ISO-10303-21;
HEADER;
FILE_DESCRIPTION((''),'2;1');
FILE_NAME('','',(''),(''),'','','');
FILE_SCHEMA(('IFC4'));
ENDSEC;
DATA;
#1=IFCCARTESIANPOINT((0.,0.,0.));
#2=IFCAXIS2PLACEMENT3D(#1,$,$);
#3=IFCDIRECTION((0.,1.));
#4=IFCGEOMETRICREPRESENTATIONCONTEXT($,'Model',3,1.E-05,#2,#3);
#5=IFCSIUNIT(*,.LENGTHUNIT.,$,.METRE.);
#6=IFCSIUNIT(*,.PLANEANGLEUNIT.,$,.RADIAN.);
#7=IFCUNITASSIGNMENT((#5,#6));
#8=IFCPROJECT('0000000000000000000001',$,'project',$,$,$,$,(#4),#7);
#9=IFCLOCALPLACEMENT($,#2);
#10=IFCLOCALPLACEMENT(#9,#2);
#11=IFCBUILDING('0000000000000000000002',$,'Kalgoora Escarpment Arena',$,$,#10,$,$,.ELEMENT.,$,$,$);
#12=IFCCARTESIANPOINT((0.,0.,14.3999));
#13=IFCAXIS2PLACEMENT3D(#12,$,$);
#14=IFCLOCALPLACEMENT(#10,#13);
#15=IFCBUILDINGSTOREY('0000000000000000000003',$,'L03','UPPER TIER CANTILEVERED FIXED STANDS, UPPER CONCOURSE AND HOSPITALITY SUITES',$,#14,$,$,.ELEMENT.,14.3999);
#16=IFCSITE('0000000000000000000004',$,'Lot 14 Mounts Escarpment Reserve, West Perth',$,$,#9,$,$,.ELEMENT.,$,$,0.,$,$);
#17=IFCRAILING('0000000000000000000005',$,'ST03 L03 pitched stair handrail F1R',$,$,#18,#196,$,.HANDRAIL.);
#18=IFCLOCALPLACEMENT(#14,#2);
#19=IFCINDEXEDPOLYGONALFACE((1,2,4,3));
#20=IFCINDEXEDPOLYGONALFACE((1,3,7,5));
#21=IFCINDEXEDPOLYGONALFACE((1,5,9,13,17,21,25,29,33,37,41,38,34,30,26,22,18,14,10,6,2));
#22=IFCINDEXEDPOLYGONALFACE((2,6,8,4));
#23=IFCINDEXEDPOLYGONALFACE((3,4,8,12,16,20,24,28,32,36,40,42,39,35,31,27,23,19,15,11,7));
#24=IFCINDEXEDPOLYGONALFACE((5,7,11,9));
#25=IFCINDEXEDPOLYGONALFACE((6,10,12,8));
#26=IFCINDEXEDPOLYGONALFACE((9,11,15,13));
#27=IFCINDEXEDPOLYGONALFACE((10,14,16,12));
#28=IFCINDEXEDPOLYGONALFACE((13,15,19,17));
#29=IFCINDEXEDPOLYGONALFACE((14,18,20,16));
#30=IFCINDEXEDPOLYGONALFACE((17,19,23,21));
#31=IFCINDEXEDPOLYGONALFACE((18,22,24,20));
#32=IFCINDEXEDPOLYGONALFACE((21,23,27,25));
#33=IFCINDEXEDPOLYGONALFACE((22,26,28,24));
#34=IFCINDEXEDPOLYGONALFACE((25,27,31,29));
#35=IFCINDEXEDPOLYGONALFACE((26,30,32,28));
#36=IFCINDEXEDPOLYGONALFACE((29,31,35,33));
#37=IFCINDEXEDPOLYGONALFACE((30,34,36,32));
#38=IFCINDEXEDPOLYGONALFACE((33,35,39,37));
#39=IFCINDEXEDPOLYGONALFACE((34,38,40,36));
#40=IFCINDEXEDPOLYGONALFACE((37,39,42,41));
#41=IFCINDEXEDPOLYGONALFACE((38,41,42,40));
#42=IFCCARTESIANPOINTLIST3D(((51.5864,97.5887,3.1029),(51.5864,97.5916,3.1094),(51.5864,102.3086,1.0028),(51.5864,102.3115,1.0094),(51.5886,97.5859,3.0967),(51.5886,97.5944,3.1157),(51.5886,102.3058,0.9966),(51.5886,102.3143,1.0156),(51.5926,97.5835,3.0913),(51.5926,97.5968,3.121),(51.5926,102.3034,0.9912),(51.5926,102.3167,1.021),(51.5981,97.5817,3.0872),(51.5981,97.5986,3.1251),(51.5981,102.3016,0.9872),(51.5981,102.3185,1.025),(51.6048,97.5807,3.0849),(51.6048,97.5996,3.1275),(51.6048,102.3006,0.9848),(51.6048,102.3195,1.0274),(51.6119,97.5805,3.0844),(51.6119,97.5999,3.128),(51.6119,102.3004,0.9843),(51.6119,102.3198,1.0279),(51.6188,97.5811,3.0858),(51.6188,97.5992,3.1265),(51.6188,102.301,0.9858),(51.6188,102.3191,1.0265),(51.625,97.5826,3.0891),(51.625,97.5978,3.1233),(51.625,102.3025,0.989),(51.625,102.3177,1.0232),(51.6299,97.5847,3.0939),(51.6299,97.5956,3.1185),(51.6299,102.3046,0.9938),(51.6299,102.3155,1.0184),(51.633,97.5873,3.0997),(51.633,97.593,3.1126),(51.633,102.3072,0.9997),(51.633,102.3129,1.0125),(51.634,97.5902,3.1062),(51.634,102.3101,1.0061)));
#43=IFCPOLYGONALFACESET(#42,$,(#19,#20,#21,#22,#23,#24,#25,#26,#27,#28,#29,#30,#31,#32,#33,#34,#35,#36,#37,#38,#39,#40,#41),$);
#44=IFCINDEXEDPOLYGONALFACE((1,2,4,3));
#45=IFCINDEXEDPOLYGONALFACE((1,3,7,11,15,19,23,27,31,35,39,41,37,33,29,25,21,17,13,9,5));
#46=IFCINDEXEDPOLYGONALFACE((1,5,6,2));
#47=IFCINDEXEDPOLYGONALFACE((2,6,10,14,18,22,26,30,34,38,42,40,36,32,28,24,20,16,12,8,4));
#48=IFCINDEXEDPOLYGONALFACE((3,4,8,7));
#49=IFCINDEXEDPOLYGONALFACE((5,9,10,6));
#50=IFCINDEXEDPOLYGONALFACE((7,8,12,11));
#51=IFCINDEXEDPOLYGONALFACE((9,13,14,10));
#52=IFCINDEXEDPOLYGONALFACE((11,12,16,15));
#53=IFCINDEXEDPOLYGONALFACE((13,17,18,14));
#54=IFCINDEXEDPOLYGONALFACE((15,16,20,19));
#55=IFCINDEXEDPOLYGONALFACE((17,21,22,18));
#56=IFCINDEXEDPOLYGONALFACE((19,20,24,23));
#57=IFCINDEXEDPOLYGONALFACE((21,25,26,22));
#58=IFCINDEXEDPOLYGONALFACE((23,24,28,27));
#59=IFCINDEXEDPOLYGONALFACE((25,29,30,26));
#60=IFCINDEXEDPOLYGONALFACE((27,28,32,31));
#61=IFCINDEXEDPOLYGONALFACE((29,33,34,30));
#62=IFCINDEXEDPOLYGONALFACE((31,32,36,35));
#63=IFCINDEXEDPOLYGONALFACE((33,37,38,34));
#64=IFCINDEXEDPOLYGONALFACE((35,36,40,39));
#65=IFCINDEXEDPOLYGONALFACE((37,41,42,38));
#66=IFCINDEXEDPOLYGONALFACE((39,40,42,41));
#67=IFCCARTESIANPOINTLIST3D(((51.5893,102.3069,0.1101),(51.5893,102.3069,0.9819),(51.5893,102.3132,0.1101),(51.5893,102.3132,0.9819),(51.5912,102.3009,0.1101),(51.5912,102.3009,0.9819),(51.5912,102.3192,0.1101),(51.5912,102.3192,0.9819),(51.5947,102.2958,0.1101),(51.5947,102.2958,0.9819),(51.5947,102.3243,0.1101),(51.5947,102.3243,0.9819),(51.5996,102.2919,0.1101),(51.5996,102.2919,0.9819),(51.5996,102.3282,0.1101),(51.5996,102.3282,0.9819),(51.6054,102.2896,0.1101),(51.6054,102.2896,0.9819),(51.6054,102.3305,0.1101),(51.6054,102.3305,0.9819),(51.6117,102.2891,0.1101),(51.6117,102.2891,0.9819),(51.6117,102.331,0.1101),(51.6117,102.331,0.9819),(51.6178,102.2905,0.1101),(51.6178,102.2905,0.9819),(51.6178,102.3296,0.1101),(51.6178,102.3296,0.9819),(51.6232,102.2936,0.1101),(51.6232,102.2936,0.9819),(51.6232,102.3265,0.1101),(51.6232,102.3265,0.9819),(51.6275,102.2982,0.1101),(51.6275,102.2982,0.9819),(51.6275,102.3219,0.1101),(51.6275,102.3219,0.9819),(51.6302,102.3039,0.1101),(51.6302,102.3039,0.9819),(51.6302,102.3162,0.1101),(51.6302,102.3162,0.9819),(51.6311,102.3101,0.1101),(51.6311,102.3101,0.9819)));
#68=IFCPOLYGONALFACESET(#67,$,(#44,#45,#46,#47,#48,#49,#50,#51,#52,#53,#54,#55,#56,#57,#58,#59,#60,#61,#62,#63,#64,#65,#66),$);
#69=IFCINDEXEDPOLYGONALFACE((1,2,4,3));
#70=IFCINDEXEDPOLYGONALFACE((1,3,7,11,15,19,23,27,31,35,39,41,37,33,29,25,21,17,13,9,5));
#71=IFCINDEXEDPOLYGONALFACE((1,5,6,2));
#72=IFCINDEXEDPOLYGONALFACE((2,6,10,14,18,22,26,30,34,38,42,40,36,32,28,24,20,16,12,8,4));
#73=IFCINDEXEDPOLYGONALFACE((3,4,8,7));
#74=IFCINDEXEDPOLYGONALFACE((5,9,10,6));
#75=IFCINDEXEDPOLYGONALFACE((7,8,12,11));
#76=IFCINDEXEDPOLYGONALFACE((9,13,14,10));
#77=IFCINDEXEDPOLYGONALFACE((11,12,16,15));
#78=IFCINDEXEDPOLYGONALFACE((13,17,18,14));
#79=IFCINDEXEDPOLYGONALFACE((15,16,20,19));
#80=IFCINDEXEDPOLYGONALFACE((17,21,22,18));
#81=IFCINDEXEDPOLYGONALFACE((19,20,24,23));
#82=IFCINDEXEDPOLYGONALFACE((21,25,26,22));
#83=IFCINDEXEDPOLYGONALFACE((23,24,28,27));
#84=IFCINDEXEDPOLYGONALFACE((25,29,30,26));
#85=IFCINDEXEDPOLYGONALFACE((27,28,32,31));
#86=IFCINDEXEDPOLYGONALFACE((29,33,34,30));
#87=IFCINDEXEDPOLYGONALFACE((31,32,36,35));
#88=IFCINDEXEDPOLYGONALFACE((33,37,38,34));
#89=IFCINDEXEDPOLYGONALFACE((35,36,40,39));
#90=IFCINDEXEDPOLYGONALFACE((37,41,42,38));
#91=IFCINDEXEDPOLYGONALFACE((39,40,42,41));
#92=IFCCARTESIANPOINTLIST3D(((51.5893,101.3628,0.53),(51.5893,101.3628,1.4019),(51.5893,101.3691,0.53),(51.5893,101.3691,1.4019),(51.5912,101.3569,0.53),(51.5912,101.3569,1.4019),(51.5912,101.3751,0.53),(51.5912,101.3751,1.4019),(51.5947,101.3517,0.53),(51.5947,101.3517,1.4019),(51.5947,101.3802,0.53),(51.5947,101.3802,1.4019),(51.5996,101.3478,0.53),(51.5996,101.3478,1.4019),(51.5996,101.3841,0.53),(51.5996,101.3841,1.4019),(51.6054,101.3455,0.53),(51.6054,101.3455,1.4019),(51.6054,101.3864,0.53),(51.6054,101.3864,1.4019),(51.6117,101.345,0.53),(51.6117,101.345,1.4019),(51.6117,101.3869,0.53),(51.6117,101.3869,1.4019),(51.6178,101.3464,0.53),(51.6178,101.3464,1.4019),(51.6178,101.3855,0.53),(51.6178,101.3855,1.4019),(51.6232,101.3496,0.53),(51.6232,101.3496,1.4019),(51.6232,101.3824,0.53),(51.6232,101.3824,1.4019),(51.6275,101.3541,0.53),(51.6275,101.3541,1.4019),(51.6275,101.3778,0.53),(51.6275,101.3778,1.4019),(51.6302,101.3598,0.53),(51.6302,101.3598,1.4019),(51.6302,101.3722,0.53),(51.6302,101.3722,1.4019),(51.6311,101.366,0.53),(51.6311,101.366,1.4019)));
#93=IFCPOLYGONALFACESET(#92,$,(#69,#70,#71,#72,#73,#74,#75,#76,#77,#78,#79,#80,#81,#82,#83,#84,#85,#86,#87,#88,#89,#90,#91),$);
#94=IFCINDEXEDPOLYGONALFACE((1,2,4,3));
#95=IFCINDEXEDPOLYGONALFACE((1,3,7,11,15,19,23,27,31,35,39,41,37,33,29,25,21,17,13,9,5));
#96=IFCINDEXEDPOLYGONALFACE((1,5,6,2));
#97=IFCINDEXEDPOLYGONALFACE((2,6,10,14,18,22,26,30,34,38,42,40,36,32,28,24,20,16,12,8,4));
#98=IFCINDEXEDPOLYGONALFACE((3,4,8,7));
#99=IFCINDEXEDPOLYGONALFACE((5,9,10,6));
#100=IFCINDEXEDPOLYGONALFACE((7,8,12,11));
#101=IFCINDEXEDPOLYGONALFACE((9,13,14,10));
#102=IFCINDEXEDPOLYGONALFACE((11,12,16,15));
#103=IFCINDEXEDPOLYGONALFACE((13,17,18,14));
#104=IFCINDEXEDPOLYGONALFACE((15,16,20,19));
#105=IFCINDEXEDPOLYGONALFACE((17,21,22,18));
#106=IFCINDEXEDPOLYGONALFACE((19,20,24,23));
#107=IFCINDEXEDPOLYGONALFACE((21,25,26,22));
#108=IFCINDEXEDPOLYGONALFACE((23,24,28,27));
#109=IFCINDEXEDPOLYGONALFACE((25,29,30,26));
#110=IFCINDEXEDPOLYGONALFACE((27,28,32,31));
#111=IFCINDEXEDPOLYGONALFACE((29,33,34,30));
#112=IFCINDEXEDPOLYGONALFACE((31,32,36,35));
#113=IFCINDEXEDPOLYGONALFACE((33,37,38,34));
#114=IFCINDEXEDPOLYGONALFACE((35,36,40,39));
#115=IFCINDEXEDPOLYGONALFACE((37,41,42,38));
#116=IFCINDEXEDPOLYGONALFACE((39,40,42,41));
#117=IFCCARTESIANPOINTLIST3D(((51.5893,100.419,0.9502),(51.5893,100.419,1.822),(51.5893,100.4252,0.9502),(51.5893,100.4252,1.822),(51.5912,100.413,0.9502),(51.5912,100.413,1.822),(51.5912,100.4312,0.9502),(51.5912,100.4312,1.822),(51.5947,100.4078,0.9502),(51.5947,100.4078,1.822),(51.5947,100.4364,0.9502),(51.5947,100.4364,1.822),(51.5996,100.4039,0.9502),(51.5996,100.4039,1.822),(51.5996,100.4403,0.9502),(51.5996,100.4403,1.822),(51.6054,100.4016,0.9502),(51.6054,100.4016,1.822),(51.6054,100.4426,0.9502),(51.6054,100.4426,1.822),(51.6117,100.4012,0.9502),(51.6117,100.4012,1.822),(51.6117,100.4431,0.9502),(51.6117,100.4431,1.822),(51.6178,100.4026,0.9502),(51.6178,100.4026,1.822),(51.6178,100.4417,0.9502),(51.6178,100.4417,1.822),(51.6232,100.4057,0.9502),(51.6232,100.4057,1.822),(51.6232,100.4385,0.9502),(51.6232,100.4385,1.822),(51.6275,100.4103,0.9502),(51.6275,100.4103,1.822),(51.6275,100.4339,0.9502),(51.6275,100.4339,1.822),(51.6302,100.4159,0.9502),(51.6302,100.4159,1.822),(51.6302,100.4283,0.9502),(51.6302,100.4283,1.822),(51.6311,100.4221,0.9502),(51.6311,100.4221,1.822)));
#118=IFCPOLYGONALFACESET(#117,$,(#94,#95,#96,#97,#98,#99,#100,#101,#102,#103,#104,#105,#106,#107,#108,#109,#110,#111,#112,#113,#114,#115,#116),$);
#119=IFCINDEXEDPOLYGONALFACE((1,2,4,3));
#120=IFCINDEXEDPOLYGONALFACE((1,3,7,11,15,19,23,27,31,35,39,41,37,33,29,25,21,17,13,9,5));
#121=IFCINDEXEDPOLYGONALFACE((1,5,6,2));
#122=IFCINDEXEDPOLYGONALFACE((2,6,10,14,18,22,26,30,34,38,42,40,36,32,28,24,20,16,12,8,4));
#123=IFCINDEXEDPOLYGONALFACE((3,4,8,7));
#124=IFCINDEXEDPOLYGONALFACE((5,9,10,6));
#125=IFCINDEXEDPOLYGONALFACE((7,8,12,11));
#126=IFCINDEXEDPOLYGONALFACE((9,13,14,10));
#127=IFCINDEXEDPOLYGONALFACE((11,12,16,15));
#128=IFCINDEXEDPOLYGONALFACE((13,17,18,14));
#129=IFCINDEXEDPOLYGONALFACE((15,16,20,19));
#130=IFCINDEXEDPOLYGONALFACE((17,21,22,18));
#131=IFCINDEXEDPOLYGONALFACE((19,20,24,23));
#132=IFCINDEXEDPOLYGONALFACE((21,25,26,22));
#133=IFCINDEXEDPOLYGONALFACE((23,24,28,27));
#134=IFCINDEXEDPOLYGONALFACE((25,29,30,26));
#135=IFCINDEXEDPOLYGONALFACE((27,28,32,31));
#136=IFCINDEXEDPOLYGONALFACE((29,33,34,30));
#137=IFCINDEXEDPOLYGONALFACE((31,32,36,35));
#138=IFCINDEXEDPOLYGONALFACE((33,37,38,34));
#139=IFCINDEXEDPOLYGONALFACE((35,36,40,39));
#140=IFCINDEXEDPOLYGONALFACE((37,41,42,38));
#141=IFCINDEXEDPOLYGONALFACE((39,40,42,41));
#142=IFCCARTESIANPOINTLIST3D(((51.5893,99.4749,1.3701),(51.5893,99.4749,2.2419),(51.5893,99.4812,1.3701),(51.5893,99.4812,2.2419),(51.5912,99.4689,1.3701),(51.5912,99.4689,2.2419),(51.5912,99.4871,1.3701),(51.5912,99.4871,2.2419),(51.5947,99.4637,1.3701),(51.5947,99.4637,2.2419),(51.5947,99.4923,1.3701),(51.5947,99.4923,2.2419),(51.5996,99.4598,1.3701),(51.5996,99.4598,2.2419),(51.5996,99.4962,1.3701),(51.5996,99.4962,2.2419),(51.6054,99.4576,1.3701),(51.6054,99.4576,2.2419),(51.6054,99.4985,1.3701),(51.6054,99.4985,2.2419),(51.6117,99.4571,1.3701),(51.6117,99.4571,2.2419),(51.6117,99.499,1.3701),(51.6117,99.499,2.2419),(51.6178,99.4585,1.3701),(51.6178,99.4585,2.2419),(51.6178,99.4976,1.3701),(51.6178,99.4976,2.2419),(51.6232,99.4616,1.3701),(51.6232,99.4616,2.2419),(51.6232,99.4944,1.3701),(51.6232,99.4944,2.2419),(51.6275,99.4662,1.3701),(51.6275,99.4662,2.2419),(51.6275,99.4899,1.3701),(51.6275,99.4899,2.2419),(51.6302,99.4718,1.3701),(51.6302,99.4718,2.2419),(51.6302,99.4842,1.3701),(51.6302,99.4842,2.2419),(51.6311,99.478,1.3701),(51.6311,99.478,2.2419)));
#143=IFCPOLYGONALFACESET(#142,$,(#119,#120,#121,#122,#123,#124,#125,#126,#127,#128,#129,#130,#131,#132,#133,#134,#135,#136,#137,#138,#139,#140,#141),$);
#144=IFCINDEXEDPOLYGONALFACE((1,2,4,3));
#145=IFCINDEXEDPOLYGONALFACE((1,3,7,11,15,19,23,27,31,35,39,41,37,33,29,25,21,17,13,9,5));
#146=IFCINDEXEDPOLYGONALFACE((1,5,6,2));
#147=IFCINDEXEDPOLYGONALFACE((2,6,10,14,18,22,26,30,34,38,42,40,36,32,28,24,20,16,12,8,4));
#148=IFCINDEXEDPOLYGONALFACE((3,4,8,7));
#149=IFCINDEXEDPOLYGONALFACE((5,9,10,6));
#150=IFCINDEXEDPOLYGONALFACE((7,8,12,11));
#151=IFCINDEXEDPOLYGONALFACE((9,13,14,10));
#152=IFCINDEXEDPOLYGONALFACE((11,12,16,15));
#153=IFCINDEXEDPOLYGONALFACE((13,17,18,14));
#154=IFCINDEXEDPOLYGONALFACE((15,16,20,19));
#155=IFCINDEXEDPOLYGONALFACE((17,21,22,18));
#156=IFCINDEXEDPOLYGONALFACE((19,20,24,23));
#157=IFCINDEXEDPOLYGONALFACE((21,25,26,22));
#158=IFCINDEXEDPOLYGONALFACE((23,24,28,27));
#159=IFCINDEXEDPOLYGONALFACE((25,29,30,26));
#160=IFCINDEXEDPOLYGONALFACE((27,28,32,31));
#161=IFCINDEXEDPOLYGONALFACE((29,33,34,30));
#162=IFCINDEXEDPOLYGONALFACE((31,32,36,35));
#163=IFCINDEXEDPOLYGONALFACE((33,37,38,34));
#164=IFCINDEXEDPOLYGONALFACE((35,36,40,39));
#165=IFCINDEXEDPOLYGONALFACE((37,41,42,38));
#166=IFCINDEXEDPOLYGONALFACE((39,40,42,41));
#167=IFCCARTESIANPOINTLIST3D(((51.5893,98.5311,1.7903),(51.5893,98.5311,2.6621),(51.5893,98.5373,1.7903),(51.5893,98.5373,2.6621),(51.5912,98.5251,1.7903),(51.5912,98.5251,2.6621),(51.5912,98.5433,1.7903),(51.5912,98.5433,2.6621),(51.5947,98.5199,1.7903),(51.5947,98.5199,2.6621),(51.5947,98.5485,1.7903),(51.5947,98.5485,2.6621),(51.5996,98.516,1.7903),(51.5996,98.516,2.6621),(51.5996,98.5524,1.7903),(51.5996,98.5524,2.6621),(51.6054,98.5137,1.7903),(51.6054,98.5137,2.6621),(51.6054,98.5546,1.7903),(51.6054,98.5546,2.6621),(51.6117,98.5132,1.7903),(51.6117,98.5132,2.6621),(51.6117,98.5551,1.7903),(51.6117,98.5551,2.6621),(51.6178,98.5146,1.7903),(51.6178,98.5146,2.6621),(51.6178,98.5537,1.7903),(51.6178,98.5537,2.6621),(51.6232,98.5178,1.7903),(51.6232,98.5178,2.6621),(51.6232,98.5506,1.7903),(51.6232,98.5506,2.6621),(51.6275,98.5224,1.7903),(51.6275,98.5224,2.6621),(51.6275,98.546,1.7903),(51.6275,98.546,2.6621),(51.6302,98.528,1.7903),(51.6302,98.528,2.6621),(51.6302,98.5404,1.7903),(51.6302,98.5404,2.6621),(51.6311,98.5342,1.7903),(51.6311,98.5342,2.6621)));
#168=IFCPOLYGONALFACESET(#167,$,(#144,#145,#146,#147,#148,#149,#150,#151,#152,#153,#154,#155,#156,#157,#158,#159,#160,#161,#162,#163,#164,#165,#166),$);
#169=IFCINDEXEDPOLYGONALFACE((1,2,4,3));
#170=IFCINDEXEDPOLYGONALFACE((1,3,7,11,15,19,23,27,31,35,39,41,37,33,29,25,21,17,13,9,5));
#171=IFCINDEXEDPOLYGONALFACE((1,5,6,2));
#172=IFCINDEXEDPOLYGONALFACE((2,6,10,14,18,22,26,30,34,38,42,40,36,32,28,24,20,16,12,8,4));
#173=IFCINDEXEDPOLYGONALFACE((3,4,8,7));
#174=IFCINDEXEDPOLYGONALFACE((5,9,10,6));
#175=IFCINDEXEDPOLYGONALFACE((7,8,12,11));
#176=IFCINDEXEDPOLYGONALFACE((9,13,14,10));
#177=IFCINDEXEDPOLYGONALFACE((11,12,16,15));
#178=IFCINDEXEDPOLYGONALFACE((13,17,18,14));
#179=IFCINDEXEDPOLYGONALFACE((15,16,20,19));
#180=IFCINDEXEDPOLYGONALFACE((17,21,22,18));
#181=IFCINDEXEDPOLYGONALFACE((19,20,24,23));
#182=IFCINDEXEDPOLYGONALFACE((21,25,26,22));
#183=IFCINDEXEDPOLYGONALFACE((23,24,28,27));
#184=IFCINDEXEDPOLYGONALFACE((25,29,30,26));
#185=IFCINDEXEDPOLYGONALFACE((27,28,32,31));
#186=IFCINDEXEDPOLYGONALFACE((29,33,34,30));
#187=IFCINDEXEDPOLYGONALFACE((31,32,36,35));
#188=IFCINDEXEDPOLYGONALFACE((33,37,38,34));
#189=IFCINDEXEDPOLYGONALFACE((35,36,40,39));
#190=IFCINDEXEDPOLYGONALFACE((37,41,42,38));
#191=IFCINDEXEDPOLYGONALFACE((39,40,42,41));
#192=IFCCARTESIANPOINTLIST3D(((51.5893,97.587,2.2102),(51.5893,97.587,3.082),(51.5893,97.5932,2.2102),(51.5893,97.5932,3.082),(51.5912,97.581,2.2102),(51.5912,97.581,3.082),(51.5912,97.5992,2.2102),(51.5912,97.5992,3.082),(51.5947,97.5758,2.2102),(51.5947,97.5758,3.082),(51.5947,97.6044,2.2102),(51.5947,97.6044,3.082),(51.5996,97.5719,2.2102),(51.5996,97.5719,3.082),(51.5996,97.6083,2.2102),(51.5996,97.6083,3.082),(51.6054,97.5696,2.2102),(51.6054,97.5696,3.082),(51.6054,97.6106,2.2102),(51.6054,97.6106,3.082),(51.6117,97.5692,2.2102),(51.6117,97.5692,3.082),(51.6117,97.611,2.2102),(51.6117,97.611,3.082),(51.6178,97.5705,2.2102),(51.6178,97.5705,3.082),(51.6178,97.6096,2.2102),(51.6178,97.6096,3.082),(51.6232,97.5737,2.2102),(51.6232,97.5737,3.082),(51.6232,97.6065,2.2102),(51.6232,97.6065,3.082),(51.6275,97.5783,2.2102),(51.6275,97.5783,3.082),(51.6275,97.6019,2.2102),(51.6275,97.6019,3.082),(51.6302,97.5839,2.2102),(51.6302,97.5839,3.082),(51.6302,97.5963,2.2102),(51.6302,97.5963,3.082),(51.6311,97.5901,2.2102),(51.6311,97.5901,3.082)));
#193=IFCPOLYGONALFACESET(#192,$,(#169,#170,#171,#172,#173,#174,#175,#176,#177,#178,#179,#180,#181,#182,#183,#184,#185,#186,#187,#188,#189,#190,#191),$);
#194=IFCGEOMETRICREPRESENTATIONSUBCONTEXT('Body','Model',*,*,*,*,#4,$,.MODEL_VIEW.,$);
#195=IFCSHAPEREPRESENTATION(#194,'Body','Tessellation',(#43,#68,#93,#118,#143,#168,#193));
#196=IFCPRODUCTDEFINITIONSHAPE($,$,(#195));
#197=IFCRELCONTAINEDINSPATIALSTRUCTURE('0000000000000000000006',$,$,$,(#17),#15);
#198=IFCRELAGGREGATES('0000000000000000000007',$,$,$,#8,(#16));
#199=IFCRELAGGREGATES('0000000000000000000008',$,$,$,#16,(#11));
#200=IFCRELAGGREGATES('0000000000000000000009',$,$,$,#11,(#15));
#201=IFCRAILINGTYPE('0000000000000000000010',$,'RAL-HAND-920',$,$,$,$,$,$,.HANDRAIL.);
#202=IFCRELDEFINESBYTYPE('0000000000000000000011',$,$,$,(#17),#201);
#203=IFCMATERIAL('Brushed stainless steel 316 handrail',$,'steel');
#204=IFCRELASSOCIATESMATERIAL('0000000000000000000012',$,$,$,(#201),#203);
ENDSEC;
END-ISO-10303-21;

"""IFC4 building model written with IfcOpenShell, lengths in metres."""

from ifc_helpers import new_model, si_unit, direction, frame, origin, origin_2d, place, context, subcontext, project, spatial, circle, extrude, material, type_object, element, save


model = new_model("IFC4")

# Units and contexts
model_context = context("Model", 3, precision=1e-05, world=origin(), true_north=direction((0.0, 1.0)))
body_context = subcontext(model_context, "Body", "Model", "MODEL_VIEW")
ifc_project = project(units=[si_unit("LENGTHUNIT", "METRE"), si_unit("PLANEANGLEUNIT", "RADIAN")], contexts=[model_context])

# Site, building, storey
site_placement = place(None, origin())
site = spatial("IfcSite", under=ifc_project, at=site_placement, Name="Lot 14 Mounts Escarpment Reserve, West Perth", CompositionType="ELEMENT", RefElevation=0.0)
building_placement = place(site_placement, origin())
building = spatial("IfcBuilding", under=site, at=building_placement, Name="Kalgoora Escarpment Arena", CompositionType="ELEMENT")
storey_placement = place(building_placement, frame((0.0, 0.0, 14.3999)))
storey = spatial("IfcBuildingStorey", under=building, at=storey_placement, Name="L03", Description="UPPER TIER CANTILEVERED FIXED STANDS, UPPER CONCOURSE AND HOSPITALITY SUITES", CompositionType="ELEMENT", Elevation=14.3999)

# Railing
ifc_material_1 = material(Name="Brushed stainless steel 316 handrail", Category="steel")
railing_type_1 = type_object("IfcRailingType", Name="RAL-HAND-920", PredefinedType="HANDRAIL", material=ifc_material_1)
for number, where, name in (
    (1, (51.6101, 102.3101, 0.1101), "ST03 L03 pitched stair handrail F1R"),
):
    element("IfcRailing", number, at=place(storey_placement, frame(where)), inside=storey, type_object=railing_type_1, Name=name, PredefinedType="HANDRAIL", context=body_context, shape_type="SweptSolid", body=[
        extrude(circle(Radius=0.0239, at=origin_2d()), frame((0.0, 0.0, 0.896), z_axis=(0.0, -0.913644, 0.406516), x_axis=(1.0, 0.0, 0.0)), (0.0, 0.0, 1.0), 5.166),
        extrude(circle(Radius=0.021, at=origin_2d()), origin(), (0.0, 0.0, 1.0), 0.8718),
        extrude(circle(Radius=0.021, at=origin_2d()), frame((0.0, -0.9441, 0.4199)), (0.0, 0.0, 1.0), 0.8718),
        extrude(circle(Radius=0.021, at=origin_2d()), frame((0.0, -1.8879, 0.8401)), (0.0, 0.0, 1.0), 0.8718),
        extrude(circle(Radius=0.021, at=origin_2d()), frame((0.0, -2.832, 1.26)), (0.0, 0.0, 1.0), 0.8718),
        extrude(circle(Radius=0.021, at=origin_2d()), frame((0.0, -3.7759, 1.6802)), (0.0, 0.0, 1.0), 0.8718),
        extrude(circle(Radius=0.021, at=origin_2d()), frame((0.0, -4.72, 2.1001)), (0.0, 0.0, 1.0), 0.8718),
    ])

save(model, "model.ifc")
